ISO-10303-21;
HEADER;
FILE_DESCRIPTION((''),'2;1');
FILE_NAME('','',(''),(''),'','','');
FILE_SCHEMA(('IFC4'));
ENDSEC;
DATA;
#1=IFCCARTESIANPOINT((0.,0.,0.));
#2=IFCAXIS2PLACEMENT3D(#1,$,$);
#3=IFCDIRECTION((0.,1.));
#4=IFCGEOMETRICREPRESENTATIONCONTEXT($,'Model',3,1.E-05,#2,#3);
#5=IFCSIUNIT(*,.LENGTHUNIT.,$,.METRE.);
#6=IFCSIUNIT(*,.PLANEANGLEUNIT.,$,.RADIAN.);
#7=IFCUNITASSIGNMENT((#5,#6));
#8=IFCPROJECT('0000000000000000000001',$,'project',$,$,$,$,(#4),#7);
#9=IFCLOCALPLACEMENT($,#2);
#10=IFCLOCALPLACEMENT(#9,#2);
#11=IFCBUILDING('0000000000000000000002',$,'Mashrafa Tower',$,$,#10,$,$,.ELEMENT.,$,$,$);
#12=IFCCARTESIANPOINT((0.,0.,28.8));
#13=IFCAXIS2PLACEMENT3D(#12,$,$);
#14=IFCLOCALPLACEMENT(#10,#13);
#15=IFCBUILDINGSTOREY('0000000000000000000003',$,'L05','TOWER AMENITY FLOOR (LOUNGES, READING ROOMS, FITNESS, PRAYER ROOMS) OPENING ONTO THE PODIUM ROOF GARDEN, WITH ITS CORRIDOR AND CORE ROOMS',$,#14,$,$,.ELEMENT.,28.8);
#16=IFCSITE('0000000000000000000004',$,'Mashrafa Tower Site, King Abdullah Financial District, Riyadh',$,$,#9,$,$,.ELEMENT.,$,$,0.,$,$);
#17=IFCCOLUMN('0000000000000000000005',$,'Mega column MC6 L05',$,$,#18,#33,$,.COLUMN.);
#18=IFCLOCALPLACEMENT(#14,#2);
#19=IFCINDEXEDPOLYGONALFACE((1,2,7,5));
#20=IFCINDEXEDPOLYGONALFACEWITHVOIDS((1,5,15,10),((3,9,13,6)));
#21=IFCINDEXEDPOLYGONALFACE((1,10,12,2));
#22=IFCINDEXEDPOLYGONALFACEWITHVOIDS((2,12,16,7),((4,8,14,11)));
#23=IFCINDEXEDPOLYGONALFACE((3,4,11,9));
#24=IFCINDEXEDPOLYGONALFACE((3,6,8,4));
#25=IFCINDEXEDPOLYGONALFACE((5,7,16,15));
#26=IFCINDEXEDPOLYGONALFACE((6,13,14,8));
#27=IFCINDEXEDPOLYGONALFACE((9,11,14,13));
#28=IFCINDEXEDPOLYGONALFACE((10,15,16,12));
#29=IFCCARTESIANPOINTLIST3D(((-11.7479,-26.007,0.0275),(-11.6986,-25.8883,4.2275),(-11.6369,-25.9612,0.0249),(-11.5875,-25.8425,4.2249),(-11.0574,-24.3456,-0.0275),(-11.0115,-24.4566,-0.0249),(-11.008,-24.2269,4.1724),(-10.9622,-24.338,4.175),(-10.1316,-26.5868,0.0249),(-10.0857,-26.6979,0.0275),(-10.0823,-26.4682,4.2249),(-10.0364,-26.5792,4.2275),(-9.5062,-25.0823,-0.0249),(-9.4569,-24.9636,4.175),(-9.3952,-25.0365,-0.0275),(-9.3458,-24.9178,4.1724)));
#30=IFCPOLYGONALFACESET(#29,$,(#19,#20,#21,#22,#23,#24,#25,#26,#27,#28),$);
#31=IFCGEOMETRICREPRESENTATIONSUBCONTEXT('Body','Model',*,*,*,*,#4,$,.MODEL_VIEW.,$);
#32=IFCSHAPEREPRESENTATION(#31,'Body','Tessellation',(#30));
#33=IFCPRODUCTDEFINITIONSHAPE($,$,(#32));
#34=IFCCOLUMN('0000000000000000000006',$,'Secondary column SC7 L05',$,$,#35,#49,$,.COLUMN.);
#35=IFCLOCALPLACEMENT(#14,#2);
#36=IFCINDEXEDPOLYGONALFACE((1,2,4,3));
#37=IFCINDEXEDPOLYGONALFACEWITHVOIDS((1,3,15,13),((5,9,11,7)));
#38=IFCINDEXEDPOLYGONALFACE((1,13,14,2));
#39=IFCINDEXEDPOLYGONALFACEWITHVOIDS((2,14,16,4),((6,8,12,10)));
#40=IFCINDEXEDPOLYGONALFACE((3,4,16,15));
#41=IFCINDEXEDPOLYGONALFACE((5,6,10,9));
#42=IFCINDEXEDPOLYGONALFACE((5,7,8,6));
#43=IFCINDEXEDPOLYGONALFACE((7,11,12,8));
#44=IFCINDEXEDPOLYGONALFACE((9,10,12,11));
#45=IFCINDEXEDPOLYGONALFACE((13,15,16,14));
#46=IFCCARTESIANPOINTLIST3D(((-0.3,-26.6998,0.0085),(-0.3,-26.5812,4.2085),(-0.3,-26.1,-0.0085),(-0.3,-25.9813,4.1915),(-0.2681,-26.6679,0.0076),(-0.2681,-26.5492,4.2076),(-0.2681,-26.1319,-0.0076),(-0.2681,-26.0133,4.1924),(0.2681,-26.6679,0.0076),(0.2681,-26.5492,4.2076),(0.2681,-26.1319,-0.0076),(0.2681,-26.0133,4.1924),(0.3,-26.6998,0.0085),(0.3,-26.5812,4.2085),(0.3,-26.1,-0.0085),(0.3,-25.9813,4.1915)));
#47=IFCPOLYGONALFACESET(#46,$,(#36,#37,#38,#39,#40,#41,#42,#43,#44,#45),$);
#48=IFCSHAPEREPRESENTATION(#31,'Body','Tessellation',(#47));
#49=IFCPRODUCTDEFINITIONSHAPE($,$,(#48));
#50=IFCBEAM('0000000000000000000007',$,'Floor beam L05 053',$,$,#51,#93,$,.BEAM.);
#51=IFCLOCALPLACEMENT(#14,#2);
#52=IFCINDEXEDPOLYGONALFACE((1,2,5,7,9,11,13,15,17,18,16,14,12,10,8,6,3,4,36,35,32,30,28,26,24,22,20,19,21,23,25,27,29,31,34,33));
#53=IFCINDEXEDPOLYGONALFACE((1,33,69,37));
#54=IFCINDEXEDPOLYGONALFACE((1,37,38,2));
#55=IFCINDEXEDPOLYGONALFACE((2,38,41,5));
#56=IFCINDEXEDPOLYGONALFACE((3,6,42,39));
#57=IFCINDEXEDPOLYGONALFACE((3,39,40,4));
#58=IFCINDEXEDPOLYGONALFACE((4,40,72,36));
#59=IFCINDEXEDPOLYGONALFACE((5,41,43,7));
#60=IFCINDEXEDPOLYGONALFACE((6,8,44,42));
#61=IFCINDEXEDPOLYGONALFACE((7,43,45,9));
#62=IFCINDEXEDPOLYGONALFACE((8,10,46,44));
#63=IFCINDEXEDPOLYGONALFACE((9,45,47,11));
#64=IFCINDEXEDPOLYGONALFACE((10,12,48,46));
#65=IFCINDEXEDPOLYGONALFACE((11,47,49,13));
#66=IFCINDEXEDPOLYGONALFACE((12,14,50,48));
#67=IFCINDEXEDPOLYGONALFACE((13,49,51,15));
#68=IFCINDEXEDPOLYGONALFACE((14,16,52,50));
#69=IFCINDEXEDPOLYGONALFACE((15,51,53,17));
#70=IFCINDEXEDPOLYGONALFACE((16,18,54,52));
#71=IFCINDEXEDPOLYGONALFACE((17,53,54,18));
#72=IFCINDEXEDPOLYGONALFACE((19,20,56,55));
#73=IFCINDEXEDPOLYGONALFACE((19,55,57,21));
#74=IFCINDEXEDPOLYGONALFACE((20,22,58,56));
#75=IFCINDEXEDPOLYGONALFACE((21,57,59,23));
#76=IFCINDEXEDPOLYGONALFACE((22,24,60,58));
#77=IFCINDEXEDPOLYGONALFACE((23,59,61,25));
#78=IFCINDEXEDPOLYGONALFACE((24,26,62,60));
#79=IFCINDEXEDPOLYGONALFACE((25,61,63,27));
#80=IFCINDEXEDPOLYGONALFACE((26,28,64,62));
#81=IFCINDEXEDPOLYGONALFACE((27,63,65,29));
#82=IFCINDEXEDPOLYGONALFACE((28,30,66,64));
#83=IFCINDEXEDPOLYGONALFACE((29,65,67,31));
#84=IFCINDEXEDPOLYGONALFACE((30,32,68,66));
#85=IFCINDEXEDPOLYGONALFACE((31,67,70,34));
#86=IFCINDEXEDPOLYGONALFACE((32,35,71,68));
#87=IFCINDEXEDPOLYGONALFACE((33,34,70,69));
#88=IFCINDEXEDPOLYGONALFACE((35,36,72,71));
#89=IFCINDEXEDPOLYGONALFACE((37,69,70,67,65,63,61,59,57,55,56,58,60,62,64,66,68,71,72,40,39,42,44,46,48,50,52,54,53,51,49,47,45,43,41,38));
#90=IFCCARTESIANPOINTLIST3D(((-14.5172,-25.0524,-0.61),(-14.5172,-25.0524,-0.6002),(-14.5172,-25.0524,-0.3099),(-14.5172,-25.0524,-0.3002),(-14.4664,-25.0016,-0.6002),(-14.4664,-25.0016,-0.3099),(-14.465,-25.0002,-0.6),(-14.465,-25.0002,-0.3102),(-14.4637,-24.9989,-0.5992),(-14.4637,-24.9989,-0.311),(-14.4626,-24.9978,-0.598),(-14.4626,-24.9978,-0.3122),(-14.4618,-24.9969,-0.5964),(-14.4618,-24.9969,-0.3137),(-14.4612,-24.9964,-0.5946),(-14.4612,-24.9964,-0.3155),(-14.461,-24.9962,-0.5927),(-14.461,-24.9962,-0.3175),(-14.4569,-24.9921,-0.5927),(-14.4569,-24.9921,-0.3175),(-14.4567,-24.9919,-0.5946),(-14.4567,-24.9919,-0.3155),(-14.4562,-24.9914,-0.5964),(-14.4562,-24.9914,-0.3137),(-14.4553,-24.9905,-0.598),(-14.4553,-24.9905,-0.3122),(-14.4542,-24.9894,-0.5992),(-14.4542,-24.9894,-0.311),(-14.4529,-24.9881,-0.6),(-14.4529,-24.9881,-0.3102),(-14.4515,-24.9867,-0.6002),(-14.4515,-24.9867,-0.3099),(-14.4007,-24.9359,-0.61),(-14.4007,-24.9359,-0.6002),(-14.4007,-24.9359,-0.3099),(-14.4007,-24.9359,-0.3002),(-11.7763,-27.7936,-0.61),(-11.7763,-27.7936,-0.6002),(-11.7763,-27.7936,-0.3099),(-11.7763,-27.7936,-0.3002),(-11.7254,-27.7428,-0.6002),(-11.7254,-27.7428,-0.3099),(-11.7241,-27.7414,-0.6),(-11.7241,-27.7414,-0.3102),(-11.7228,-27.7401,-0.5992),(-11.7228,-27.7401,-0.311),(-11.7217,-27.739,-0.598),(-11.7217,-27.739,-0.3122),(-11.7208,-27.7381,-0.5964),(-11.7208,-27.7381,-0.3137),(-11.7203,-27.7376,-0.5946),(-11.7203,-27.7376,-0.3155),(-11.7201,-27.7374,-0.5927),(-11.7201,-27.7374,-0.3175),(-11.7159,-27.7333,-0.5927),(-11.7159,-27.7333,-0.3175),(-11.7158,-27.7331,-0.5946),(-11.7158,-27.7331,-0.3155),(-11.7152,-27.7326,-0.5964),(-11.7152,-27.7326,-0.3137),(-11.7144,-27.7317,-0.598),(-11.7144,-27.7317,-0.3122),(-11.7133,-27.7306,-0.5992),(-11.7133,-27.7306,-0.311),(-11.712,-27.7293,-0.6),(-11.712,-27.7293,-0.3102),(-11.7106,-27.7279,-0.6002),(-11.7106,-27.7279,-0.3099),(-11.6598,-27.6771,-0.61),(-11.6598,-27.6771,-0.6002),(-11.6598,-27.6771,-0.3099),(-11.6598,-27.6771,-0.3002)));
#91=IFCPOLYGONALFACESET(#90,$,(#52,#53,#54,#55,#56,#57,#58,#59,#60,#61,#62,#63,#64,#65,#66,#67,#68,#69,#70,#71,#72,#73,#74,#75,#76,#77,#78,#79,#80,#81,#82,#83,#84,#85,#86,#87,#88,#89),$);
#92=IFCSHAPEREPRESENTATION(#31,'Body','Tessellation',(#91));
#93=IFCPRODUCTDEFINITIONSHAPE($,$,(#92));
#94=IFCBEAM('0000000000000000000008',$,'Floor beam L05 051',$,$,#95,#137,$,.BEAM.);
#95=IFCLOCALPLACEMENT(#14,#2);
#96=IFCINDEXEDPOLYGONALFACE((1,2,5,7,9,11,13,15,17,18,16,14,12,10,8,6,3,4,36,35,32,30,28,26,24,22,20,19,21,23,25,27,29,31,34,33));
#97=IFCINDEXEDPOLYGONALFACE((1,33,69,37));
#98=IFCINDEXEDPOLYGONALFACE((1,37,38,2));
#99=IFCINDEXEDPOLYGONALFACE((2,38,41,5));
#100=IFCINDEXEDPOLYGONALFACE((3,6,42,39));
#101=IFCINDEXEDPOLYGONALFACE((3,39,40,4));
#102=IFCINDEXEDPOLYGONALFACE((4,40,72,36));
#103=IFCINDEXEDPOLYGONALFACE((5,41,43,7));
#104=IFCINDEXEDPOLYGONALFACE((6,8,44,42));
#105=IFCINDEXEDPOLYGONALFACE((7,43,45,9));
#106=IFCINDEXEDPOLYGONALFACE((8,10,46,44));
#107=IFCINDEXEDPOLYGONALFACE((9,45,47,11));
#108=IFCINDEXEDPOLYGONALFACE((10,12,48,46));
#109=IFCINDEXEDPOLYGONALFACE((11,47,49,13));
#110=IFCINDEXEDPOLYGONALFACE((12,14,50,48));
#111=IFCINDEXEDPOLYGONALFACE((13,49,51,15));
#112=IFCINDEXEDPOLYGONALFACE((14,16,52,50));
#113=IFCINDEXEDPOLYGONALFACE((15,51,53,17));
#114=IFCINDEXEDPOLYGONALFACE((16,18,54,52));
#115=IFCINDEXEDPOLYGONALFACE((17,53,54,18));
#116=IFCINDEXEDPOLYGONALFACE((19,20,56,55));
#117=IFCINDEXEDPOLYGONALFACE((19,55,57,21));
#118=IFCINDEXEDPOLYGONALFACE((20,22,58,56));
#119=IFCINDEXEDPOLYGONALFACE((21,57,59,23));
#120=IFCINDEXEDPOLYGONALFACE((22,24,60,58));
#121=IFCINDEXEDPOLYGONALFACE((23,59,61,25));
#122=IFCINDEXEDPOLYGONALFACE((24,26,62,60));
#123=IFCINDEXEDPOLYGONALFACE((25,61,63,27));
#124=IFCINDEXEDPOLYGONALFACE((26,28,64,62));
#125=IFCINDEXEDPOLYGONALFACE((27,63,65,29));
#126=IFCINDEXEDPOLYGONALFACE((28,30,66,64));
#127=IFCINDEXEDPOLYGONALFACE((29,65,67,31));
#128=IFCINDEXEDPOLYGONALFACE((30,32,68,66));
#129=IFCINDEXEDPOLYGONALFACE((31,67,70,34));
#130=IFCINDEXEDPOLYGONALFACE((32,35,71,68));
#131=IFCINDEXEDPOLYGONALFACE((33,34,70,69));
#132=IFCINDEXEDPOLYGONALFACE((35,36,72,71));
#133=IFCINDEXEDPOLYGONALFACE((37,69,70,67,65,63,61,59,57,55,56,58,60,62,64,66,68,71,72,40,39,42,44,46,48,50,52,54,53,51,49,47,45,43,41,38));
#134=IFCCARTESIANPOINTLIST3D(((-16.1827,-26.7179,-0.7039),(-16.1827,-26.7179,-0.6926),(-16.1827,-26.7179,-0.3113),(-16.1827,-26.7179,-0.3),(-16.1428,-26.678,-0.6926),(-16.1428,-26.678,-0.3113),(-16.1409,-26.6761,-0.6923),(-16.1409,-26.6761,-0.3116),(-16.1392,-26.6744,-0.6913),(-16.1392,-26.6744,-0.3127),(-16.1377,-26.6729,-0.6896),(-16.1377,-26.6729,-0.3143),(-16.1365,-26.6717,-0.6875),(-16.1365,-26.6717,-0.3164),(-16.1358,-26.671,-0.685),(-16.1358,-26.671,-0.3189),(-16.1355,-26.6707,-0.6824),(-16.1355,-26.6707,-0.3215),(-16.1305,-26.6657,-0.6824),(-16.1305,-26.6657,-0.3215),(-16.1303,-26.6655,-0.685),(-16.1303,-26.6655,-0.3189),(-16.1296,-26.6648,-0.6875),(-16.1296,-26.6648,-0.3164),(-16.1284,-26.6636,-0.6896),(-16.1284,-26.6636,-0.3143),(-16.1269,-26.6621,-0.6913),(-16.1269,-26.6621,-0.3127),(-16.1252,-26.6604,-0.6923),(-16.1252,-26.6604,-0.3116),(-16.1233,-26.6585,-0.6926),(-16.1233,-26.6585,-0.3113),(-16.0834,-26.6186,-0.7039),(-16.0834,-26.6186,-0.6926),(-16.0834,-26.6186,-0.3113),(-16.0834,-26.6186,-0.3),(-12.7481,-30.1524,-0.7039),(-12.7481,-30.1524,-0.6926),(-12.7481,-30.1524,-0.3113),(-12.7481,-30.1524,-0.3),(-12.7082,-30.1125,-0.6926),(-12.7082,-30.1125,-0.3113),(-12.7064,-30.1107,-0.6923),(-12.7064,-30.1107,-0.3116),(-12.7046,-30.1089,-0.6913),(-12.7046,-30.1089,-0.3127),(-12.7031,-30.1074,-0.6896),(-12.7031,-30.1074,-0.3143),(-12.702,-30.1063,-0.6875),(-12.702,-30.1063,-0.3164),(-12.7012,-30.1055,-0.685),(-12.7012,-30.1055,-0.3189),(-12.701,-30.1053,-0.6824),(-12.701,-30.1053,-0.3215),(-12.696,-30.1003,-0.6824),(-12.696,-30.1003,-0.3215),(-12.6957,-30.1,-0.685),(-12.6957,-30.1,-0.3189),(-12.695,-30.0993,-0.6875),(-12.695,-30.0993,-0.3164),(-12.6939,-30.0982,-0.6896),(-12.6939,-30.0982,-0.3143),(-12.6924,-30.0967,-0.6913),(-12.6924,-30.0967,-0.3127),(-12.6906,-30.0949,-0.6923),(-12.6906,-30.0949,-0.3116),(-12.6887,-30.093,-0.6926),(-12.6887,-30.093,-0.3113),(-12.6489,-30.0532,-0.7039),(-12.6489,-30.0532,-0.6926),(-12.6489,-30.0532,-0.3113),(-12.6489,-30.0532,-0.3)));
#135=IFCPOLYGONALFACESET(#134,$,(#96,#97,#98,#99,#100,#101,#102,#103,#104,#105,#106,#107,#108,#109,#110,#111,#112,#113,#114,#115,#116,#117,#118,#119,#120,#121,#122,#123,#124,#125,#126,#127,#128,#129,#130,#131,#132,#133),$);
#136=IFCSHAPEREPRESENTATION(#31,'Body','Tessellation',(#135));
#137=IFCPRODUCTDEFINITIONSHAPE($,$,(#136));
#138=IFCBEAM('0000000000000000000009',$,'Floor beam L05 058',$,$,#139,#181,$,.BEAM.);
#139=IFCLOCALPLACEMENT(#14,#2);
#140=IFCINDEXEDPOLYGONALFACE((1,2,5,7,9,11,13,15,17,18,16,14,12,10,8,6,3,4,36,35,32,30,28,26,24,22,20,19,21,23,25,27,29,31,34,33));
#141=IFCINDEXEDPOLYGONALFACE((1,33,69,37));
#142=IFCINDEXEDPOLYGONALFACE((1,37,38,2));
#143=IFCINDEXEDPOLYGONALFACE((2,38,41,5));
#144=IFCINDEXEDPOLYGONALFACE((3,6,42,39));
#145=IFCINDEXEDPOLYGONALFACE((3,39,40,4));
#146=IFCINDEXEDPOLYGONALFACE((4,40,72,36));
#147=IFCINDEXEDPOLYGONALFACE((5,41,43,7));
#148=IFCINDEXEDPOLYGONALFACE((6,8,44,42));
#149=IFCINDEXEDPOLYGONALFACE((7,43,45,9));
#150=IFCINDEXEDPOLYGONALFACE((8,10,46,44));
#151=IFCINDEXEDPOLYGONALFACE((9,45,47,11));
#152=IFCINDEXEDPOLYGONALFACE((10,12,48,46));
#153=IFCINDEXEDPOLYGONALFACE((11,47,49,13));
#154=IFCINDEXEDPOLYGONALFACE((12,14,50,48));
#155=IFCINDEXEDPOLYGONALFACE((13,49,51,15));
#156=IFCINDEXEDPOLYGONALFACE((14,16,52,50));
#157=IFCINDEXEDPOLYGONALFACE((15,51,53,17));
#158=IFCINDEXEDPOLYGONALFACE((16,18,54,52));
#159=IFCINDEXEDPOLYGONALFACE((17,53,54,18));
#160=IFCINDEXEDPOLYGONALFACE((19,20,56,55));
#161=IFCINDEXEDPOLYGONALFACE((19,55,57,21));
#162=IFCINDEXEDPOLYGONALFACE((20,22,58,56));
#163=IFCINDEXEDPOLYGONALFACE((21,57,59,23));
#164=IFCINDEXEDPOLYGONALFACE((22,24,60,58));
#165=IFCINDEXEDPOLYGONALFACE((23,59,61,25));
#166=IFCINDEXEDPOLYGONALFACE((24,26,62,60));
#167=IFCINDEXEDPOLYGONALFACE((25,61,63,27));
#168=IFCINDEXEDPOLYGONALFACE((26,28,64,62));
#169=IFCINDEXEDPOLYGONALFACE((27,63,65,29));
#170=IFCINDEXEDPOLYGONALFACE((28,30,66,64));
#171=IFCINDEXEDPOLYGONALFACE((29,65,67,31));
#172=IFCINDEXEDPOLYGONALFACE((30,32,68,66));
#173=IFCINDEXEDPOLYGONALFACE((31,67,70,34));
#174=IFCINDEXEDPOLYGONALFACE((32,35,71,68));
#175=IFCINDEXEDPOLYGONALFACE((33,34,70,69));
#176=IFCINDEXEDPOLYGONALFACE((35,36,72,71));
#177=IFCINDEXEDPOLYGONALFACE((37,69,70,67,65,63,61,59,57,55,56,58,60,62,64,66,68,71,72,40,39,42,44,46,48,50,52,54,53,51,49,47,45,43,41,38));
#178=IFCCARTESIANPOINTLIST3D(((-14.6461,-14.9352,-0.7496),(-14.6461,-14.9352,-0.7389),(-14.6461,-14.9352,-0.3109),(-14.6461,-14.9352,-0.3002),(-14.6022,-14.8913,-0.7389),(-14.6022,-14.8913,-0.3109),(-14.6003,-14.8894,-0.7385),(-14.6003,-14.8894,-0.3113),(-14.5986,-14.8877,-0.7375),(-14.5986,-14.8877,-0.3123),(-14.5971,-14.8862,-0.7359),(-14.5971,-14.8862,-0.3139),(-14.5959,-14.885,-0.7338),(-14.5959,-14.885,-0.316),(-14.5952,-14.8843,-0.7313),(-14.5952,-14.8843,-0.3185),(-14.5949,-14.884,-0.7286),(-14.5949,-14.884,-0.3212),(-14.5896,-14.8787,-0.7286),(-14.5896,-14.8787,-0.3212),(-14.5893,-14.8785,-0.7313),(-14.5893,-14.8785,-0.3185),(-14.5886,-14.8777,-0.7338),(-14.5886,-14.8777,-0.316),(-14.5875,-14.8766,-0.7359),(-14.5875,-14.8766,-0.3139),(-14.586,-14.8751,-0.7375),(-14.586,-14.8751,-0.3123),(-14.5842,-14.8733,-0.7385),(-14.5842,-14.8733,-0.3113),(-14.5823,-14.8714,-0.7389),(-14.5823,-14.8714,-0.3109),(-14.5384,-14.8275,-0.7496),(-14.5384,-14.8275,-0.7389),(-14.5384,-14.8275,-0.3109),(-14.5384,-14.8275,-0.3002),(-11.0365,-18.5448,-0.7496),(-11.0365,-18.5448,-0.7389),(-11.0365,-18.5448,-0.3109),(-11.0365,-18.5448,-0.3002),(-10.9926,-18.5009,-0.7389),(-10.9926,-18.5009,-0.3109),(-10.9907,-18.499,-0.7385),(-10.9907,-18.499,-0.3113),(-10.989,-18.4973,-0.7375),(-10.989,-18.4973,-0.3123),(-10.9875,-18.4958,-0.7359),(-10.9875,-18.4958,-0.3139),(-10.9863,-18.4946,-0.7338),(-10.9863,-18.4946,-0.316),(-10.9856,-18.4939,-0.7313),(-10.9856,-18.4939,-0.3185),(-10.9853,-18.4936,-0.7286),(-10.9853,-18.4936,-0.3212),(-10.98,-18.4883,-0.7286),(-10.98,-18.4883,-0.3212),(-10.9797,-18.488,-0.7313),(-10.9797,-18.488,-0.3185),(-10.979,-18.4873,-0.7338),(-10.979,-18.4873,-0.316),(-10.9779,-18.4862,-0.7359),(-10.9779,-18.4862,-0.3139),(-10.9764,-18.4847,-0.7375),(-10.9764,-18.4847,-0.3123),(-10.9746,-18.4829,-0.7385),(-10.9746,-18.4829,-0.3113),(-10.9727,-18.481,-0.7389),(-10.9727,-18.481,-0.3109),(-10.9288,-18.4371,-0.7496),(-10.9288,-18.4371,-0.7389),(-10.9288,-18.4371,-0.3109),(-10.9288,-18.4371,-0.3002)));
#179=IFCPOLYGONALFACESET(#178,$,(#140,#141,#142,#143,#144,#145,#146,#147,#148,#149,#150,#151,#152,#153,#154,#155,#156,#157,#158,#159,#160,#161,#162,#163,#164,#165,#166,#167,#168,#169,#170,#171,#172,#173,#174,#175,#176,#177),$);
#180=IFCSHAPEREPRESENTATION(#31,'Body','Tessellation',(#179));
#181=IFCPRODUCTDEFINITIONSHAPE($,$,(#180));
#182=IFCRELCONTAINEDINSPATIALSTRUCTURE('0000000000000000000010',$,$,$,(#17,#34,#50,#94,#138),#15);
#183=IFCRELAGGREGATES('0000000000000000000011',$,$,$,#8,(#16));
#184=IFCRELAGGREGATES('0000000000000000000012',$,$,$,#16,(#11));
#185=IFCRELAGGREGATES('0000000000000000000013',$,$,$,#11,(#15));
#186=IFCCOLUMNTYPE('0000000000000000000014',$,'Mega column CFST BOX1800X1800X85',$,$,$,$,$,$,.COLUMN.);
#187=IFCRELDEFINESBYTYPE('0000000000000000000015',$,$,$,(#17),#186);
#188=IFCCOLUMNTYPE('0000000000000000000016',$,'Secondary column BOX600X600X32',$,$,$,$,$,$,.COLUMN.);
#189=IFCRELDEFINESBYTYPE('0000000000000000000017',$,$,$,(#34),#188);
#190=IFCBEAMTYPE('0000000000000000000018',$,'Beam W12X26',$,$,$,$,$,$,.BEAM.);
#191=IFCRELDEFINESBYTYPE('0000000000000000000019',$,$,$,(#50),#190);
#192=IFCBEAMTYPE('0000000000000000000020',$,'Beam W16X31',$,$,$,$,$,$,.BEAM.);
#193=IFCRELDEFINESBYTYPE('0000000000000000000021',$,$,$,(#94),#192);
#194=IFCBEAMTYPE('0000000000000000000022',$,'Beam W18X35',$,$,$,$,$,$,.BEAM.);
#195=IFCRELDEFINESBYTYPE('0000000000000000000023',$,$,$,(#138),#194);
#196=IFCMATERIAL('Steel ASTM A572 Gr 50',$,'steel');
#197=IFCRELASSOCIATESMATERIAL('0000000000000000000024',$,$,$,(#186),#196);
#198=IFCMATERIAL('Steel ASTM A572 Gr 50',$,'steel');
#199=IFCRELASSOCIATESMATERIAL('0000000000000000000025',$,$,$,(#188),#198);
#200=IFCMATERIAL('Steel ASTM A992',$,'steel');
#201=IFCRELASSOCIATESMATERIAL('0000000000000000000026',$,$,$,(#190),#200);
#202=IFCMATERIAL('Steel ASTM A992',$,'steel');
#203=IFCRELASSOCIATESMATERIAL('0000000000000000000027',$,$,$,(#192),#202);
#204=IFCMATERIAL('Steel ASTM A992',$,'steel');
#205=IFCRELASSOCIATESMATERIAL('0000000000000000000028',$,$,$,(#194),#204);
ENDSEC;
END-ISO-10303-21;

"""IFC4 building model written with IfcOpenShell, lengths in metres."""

from ifc_helpers import new_model, si_unit, direction, frame, origin, origin_2d, place, context, subcontext, project, spatial, hollow_rectangle, i_section, extrude, material, material_profile, profile_set, type_object, element, save


model = new_model("IFC4")

# Units and contexts
model_context = context("Model", 3, precision=1e-05, world=origin(), true_north=direction((0.0, 1.0)))
body_context = subcontext(model_context, "Body", "Model", "MODEL_VIEW")
ifc_project = project(units=[si_unit("LENGTHUNIT", "METRE"), si_unit("PLANEANGLEUNIT", "RADIAN")], contexts=[model_context])

# Site, building, storey
site_placement = place(None, origin())
site = spatial("IfcSite", under=ifc_project, at=site_placement, Name="Mashrafa Tower Site, King Abdullah Financial District, Riyadh", CompositionType="ELEMENT", RefElevation=0.0)
building_placement = place(site_placement, origin())
building = spatial("IfcBuilding", under=site, at=building_placement, Name="Mashrafa Tower", CompositionType="ELEMENT")
storey_placement = place(building_placement, frame((0.0, 0.0, 28.8)))
storey = spatial("IfcBuildingStorey", under=building, at=storey_placement, Name="L05", Description="TOWER AMENITY FLOOR (LOUNGES, READING ROOMS, FITNESS, PRAYER ROOMS) OPENING ONTO THE PODIUM ROOF GARDEN, WITH ITS CORRIDOR AND CORE ROOMS", CompositionType="ELEMENT", Elevation=28.8)

# Columns
ifc_material_1 = material(Name="Steel ASTM A572 Gr 50", Category="steel")
ifc_material_profile_1 = material_profile(ifc_material_1, hollow_rectangle(XDim=1.8, YDim=1.8, WallThickness=0.085, at=origin_2d()), Name="BOX1800X1800X85")
ifc_profile_set_1 = profile_set([ifc_material_profile_1], Name="Steel ASTM A572 Gr 50")
column_type_1 = type_object("IfcColumnType", Name="Mega column CFST BOX1800X1800X85", PredefinedType="COLUMN", material=ifc_profile_set_1)
column_1_placement = place(storey_placement, frame((-10.5715, -25.5217, 0.0), z_axis=(0.011737, 0.028238, 0.999532), x_axis=(-0.923414, 0.383806, 0.0)))
element("IfcColumn", 1, at=column_1_placement, inside=storey, type_object=column_type_1, Name="Mega column MC6 L05", PredefinedType="COLUMN", context=body_context, shape_type="SweptSolid", body=[
    extrude(hollow_rectangle(XDim=1.8, YDim=1.8, WallThickness=0.085, at=origin_2d()), origin(), (0.0, 0.0, 1.0), 4.2019),
])
ifc_material_2 = material(Name="Steel ASTM A572 Gr 50", Category="steel")
ifc_material_profile_2 = material_profile(ifc_material_2, hollow_rectangle(XDim=0.6001, YDim=0.6001, WallThickness=0.032, at=origin_2d()), Name="BOX600X600X32")
ifc_profile_set_2 = profile_set([ifc_material_profile_2], Name="Steel ASTM A572 Gr 50")
column_type_2 = type_object("IfcColumnType", Name="Secondary column BOX600X600X32", PredefinedType="COLUMN", material=ifc_profile_set_2)
column_2_placement = place(storey_placement, frame((0.0, -26.3999, 0.0), z_axis=(0.0, 0.02824, 0.999601), x_axis=(-1.0, 0.0, 0.0)))
element("IfcColumn", 2, at=column_2_placement, inside=storey, type_object=column_type_2, Name="Secondary column SC7 L05", PredefinedType="COLUMN", context=body_context, shape_type="SweptSolid", body=[
    extrude(hollow_rectangle(XDim=0.6001, YDim=0.6001, WallThickness=0.032, at=origin_2d()), origin(), (0.0, 0.0, 1.0), 4.2017),
])

# Beams
ifc_material_3 = material(Name="Steel ASTM A992", Category="steel")
ifc_material_profile_3 = material_profile(ifc_material_3, i_section(OverallWidth=0.1648, OverallDepth=0.3098, WebThickness=0.0059, FlangeThickness=0.0098, FilletRadius=0.0076, at=origin_2d()), Name="W12X26")
ifc_profile_set_3 = profile_set([ifc_material_profile_3], Name="Steel ASTM A992")
beam_type_1 = type_object("IfcBeamType", Name="Beam W12X26", PredefinedType="BEAM", material=ifc_profile_set_3)
beam_1_placement = place(storey_placement, frame((-11.718, -27.7354, -0.4551), z_axis=(-0.707075, 0.707138, 0.0), x_axis=(-0.707138, -0.707075, 0.0)))
element("IfcBeam", 3, at=beam_1_placement, inside=storey, type_object=beam_type_1, Name="Floor beam L05 053", PredefinedType="BEAM", context=body_context, shape_type="SweptSolid", body=[
    extrude(i_section(OverallWidth=0.1648, OverallDepth=0.3098, WebThickness=0.0059, FlangeThickness=0.0098, FilletRadius=0.0076, at=origin_2d()), origin(), (0.0, 0.0, 1.0), 3.8765),
])
ifc_material_4 = material(Name="Steel ASTM A992", Category="steel")
ifc_material_profile_4 = material_profile(ifc_material_4, i_section(OverallWidth=0.1404, OverallDepth=0.4038, WebThickness=0.0071, FlangeThickness=0.0112, FilletRadius=0.0103, at=origin_2d()), Name="W16X31")
ifc_profile_set_4 = profile_set([ifc_material_profile_4], Name="Steel ASTM A992")
beam_type_2 = type_object("IfcBeamType", Name="Beam W16X31", PredefinedType="BEAM", material=ifc_profile_set_4)
beam_2_placement = place(storey_placement, frame((-12.6985, -30.1028, -0.502), z_axis=(-0.707107, 0.707107, 0.0), x_axis=(-0.707107, -0.707107, 0.0)))
element("IfcBeam", 4, at=beam_2_placement, inside=storey, type_object=beam_type_2, Name="Floor beam L05 051", PredefinedType="BEAM", context=body_context, shape_type="SweptSolid", body=[
    extrude(i_section(OverallWidth=0.1404, OverallDepth=0.4038, WebThickness=0.0071, FlangeThickness=0.0112, FilletRadius=0.0103, at=origin_2d()), origin(), (0.0, 0.0, 1.0), 4.8572),
])
ifc_material_5 = material(Name="Steel ASTM A992", Category="steel")
ifc_material_profile_5 = material_profile(ifc_material_5, i_section(OverallWidth=0.1523, OverallDepth=0.4495, WebThickness=0.0076, FlangeThickness=0.0107, FilletRadius=0.0103, at=origin_2d()), Name="W18X35")
ifc_profile_set_5 = profile_set([ifc_material_profile_5], Name="Steel ASTM A992")
beam_type_3 = type_object("IfcBeamType", Name="Beam W18X35", PredefinedType="BEAM", material=ifc_profile_set_5)
beam_3_placement = place(storey_placement, frame((-10.9827, -18.491, -0.5249), z_axis=(-0.707107, 0.707107, 0.0), x_axis=(-0.707107, -0.707107, 0.0)))
element("IfcBeam", 5, at=beam_3_placement, inside=storey, type_object=beam_type_3, Name="Floor beam L05 058", PredefinedType="BEAM", context=body_context, shape_type="SweptSolid", body=[
    extrude(i_section(OverallWidth=0.1523, OverallDepth=0.4495, WebThickness=0.0076, FlangeThickness=0.0107, FilletRadius=0.0103, at=origin_2d()), origin(), (0.0, 0.0, 1.0), 5.1047),
])

save(model, "model.ifc")
